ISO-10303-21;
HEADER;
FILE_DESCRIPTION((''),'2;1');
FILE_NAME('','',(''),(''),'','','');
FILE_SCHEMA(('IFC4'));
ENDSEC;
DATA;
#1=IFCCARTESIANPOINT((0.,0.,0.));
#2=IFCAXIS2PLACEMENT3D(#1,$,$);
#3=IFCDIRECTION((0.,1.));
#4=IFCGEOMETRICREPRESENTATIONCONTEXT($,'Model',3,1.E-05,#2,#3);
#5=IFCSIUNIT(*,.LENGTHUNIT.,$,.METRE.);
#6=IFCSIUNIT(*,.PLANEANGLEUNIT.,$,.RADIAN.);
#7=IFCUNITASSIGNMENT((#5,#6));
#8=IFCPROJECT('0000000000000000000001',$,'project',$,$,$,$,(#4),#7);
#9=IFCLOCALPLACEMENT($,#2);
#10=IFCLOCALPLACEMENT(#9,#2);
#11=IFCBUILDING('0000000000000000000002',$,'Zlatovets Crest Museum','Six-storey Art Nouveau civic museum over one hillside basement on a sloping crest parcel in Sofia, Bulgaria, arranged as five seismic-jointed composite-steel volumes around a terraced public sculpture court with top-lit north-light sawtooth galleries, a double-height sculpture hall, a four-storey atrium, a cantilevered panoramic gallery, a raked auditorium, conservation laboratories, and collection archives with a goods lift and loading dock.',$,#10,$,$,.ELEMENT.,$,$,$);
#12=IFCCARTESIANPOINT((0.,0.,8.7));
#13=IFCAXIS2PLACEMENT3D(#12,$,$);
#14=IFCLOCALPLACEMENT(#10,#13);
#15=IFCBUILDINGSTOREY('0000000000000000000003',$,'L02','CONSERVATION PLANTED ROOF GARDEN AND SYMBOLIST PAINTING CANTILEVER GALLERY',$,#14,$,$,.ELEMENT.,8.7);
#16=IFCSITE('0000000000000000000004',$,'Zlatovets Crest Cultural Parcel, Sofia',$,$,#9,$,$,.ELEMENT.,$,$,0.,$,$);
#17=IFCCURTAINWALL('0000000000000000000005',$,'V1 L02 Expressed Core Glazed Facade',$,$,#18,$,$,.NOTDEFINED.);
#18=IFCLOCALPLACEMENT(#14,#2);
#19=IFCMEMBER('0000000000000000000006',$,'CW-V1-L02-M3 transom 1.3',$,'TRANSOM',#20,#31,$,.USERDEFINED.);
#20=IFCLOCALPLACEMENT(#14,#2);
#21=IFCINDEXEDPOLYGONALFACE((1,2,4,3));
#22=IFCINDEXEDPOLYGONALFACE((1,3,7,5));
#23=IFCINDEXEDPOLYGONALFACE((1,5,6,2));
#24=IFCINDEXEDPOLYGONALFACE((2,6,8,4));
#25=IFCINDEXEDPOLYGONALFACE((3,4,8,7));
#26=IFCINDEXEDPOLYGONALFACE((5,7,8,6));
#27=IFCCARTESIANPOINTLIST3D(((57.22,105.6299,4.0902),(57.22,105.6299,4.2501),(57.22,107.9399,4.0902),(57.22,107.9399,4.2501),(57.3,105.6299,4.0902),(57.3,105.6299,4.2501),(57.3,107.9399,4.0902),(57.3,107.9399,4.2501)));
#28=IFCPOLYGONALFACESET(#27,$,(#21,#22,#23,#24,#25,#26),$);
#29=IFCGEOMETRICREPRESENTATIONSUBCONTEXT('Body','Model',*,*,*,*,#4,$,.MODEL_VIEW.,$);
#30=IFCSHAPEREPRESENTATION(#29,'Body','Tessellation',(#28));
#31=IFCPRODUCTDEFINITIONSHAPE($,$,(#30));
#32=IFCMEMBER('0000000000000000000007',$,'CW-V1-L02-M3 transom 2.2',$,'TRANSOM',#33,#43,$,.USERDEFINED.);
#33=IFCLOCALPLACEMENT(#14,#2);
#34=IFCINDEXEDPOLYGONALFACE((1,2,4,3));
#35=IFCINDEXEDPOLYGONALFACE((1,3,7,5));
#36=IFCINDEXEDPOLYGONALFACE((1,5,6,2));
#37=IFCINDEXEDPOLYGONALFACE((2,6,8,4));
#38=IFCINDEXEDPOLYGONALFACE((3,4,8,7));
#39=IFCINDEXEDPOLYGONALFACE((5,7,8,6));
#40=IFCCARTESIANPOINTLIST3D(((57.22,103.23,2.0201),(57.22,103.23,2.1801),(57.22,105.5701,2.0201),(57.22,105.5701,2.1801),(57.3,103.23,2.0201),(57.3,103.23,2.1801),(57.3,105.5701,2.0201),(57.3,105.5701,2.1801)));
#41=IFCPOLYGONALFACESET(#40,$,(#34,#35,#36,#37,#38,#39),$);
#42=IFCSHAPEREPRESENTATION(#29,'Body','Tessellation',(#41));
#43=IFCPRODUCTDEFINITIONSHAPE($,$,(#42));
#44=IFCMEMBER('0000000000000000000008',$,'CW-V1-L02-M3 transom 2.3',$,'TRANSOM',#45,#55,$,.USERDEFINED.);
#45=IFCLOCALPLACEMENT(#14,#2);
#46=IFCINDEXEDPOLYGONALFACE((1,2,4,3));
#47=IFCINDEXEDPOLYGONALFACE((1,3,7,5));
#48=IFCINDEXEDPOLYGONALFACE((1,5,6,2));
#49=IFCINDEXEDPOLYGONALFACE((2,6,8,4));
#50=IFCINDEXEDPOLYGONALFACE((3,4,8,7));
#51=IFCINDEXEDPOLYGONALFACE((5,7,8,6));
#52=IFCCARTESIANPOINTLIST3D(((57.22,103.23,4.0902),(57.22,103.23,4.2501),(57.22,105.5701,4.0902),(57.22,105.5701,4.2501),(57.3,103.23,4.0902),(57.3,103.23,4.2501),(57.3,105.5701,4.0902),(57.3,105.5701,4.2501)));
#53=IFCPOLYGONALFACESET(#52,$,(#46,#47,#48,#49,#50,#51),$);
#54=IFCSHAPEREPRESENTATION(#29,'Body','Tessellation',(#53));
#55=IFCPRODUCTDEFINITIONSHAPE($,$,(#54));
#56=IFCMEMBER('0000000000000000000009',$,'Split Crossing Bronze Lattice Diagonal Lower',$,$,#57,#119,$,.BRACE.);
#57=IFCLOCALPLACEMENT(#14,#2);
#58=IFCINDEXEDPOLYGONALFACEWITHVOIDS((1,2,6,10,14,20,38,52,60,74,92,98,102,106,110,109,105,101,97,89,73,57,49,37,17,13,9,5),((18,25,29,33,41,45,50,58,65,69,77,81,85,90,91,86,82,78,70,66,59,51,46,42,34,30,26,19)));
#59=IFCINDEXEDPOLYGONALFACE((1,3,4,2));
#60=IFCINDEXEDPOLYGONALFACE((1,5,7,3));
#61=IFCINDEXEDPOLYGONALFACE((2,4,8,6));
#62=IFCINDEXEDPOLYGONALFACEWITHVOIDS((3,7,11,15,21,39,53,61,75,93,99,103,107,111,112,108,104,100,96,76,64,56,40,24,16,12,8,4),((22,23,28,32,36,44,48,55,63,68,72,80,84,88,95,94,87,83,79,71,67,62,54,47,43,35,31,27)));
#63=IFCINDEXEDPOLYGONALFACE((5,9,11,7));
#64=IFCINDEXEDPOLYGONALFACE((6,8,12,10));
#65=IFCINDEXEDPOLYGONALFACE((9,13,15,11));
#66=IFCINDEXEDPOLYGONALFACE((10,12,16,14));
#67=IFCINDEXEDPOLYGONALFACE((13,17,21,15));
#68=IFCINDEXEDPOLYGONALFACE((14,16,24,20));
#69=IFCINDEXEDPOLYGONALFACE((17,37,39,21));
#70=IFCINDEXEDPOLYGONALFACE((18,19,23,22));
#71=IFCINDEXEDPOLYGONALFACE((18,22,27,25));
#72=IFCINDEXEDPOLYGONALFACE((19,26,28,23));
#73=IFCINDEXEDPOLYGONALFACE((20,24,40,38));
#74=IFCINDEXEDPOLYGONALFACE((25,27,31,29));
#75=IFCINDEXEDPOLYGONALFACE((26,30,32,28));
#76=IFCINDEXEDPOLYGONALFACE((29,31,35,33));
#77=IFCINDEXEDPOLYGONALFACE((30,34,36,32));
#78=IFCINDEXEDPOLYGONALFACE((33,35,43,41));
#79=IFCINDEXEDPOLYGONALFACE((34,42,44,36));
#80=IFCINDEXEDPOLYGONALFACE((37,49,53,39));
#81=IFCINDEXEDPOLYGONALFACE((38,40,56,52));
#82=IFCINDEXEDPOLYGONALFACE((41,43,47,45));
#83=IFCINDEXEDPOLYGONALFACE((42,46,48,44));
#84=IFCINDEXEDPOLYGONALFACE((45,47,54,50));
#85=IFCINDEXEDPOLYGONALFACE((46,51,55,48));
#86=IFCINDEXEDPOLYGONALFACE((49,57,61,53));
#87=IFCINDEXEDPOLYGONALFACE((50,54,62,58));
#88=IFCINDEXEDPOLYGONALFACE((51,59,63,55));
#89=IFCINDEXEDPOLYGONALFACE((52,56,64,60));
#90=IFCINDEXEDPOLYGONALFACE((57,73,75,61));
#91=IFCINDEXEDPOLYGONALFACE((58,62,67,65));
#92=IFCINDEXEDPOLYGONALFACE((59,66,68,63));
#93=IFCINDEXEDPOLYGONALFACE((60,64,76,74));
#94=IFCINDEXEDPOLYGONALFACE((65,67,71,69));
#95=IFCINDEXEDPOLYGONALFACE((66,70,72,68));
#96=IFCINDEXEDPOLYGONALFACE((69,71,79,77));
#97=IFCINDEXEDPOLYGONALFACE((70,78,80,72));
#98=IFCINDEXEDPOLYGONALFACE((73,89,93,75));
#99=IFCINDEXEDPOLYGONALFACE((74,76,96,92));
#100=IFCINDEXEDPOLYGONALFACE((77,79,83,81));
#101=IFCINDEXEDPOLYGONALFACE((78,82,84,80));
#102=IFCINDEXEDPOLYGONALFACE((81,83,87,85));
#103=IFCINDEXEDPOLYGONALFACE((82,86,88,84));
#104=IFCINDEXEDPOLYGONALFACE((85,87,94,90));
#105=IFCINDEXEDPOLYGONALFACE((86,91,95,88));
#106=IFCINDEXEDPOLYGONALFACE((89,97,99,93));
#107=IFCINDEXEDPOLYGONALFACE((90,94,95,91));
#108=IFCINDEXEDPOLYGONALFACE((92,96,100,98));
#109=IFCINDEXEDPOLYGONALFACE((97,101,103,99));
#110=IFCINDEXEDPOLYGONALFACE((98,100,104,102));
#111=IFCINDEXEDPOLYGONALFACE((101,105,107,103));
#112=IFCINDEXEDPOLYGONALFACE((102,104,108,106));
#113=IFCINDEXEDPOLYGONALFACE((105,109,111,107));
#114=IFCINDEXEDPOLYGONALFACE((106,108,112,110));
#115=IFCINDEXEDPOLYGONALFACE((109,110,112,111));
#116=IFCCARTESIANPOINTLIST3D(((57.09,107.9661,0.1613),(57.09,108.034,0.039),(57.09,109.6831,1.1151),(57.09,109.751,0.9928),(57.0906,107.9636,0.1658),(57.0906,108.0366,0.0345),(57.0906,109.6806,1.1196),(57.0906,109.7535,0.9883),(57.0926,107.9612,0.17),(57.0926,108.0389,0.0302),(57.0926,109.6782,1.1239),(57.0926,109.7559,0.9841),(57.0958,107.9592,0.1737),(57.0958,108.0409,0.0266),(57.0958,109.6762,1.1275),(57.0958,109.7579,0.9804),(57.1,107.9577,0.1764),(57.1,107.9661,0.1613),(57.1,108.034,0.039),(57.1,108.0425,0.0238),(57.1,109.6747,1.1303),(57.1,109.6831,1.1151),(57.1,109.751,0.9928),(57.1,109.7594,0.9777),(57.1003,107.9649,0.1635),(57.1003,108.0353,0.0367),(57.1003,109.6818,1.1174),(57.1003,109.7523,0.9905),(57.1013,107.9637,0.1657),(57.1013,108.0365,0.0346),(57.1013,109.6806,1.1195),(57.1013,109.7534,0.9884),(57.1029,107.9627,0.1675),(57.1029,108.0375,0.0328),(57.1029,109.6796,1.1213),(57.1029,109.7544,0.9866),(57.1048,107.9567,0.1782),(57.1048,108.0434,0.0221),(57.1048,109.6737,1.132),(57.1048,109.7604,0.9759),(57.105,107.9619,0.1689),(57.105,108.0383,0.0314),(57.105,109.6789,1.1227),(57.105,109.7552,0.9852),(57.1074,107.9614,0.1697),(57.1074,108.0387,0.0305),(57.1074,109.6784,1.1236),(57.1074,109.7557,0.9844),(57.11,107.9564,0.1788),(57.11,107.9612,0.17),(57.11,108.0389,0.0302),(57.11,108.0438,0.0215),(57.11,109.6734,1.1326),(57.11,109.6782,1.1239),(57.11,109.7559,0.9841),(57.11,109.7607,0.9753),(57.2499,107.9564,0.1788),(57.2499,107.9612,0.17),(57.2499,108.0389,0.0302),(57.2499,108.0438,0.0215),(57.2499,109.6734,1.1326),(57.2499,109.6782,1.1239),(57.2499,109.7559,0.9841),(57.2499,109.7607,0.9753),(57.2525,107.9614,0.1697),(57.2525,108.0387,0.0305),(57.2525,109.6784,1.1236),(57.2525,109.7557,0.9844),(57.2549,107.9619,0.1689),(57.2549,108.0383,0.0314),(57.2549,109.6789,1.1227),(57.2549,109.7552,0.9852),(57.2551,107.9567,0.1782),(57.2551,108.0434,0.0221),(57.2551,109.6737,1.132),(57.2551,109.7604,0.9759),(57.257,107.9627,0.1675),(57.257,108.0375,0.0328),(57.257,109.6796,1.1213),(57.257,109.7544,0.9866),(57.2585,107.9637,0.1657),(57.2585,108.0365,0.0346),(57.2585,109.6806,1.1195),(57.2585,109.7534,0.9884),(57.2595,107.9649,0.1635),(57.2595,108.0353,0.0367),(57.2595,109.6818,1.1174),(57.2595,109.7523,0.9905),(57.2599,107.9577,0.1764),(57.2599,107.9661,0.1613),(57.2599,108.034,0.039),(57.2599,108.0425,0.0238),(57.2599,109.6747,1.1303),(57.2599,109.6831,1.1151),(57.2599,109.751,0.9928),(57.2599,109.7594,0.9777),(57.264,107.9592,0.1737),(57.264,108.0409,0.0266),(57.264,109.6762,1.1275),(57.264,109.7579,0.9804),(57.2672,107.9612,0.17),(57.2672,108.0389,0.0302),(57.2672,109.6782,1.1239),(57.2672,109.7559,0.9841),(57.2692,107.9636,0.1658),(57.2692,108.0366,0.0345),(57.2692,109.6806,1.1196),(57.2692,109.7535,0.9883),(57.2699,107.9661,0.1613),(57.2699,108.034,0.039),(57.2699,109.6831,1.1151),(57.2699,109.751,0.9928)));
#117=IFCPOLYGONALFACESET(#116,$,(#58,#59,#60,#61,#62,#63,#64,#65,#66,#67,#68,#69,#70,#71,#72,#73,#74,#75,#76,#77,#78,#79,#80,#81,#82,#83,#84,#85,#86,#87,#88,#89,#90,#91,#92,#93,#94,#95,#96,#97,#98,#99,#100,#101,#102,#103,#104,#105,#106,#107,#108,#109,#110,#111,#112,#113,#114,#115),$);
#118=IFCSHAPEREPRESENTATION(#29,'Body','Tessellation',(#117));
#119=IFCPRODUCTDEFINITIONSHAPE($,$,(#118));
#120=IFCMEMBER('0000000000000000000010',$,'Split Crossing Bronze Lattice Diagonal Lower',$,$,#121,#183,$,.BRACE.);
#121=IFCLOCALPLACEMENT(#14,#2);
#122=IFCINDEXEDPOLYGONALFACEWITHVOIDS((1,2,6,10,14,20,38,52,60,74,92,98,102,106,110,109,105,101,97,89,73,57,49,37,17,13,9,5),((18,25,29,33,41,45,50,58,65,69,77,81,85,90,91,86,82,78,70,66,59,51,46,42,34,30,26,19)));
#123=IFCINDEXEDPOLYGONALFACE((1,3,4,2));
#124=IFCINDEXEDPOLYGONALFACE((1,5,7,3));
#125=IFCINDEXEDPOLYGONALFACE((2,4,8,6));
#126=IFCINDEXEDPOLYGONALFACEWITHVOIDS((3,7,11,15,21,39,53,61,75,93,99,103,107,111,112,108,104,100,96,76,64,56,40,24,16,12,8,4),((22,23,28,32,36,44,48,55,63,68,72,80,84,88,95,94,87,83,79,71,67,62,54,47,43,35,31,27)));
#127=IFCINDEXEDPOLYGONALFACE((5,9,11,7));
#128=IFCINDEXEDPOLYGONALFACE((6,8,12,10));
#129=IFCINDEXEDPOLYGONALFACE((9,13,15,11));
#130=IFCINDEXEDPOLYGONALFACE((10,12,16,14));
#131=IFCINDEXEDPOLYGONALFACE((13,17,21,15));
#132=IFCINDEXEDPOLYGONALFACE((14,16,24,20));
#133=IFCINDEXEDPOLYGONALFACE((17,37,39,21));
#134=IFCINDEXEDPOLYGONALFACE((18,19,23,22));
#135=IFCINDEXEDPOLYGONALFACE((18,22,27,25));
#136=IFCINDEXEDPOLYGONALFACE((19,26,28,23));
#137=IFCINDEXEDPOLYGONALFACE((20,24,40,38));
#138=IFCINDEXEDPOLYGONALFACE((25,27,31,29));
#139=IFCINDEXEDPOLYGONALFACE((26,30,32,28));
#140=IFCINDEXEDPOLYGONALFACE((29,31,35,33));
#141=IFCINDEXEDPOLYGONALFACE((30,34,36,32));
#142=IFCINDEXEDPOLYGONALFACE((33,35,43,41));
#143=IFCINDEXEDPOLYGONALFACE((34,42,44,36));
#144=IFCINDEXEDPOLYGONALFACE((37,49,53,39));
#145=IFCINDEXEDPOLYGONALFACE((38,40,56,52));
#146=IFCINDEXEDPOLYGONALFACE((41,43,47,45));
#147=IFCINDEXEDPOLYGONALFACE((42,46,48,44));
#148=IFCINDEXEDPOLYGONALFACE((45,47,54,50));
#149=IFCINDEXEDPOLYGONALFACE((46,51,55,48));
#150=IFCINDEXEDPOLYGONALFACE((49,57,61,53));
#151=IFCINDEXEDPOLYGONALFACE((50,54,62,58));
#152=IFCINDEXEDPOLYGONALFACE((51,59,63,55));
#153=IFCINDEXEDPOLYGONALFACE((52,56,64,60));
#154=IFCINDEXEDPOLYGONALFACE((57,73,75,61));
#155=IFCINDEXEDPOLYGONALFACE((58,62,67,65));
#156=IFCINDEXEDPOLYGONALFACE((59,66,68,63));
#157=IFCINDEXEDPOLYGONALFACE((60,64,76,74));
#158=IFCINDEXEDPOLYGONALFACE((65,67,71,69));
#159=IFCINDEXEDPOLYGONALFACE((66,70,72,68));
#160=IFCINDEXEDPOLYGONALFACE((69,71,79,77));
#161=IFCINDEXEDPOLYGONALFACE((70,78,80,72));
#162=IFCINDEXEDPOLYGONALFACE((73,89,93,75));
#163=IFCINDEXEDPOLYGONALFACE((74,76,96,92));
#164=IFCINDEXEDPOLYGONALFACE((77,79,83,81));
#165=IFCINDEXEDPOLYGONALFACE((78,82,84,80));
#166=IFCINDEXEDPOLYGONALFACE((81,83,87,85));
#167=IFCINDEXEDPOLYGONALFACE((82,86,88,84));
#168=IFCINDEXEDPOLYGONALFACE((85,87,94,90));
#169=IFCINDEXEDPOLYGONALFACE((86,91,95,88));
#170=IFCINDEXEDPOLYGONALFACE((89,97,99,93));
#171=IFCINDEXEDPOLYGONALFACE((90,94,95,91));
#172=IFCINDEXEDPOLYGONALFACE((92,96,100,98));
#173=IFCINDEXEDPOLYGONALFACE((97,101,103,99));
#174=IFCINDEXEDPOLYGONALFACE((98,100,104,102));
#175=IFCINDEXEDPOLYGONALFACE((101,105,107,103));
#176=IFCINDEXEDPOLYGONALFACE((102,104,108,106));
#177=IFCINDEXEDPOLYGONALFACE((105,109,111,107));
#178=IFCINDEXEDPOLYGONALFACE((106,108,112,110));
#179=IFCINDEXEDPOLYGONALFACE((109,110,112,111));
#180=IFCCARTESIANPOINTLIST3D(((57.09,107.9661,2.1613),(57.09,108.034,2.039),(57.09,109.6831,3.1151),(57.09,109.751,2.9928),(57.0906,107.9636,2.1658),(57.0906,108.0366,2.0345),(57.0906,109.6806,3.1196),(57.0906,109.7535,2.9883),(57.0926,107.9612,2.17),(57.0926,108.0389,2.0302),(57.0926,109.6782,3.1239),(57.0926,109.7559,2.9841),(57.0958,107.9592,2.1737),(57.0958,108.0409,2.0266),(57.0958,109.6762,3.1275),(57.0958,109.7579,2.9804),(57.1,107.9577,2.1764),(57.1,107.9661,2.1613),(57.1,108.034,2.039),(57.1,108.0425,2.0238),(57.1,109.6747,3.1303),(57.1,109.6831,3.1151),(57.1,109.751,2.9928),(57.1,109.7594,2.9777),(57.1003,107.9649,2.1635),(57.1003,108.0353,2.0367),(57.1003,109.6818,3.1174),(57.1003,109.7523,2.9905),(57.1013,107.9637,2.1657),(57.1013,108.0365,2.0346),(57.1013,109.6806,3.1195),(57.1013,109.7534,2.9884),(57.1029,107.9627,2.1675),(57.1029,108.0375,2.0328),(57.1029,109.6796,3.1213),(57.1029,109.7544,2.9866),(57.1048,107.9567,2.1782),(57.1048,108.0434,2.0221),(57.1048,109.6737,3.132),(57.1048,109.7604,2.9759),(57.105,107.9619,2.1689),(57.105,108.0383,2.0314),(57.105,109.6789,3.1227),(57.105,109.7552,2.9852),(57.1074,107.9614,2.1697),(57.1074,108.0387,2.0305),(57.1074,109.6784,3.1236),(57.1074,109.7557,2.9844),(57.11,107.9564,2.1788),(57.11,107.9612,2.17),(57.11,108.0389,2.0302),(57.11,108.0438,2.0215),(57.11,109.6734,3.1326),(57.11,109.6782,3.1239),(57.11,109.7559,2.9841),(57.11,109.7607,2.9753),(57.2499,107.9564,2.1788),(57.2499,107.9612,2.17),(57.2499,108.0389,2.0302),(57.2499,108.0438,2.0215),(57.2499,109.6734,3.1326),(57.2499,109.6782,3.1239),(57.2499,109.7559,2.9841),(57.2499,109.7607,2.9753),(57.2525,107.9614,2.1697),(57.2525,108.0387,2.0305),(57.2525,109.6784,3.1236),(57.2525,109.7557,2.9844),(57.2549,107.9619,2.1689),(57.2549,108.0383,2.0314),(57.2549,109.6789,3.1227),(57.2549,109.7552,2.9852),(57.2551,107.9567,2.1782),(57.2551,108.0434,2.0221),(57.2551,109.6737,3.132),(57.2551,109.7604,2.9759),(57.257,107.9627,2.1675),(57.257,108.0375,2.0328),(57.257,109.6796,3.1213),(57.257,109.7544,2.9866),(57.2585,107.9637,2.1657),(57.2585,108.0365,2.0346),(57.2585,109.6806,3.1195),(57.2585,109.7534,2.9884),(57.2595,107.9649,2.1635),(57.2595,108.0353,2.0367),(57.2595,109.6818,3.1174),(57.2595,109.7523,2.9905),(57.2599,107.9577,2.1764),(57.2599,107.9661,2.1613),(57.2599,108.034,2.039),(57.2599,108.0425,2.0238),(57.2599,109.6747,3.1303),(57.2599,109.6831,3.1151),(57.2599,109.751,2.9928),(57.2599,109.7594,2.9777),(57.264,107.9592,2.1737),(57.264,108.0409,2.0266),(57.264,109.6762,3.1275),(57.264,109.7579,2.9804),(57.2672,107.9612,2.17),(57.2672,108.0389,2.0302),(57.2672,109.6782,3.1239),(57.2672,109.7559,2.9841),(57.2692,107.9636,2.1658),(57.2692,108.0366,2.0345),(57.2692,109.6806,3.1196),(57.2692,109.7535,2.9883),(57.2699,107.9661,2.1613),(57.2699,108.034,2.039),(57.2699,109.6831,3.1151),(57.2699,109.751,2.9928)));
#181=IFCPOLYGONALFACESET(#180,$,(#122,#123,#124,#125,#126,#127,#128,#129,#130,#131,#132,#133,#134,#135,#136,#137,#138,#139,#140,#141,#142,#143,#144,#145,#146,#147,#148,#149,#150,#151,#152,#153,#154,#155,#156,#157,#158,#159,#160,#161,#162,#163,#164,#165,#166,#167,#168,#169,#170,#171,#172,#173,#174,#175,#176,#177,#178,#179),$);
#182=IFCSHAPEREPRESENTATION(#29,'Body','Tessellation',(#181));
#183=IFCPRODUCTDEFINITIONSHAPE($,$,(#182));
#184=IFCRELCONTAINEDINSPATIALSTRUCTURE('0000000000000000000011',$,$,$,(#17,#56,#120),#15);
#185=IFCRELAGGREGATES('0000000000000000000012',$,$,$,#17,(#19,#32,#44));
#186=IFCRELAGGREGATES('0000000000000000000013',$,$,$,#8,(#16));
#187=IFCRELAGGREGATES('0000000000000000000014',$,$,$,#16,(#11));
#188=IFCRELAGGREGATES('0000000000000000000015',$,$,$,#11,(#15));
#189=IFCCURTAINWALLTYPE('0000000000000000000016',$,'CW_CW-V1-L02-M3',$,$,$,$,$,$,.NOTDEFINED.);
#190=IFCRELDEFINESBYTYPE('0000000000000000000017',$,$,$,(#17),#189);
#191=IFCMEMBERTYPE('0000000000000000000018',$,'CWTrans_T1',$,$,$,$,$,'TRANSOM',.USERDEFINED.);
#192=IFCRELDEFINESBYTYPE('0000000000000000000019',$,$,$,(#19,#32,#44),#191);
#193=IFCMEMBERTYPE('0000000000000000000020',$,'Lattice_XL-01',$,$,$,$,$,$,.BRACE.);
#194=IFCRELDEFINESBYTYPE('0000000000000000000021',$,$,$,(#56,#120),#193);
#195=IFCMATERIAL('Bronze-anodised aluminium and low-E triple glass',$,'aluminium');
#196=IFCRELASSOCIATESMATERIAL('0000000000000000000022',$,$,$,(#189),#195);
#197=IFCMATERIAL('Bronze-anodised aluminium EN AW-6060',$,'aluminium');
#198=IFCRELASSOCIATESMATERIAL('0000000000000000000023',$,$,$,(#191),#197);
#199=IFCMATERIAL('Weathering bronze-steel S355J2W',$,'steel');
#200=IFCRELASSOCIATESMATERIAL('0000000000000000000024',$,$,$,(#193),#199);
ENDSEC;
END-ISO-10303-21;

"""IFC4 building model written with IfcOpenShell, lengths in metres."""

from ifc_helpers import new_model, si_unit, direction, frame, origin, origin_2d, place, context, subcontext, project, spatial, rectangle, hollow_rectangle, extrude, material, material_profile, profile_set, type_object, element, aggregate, save


model = new_model("IFC4")

# Units and contexts
model_context = context("Model", 3, precision=1e-05, world=origin(), true_north=direction((0.0, 1.0)))
body_context = subcontext(model_context, "Body", "Model", "MODEL_VIEW")
ifc_project = project(units=[si_unit("LENGTHUNIT", "METRE"), si_unit("PLANEANGLEUNIT", "RADIAN")], contexts=[model_context])

# Site, building, storey
site_placement = place(None, origin())
site = spatial("IfcSite", under=ifc_project, at=site_placement, Name="Zlatovets Crest Cultural Parcel, Sofia", CompositionType="ELEMENT", RefElevation=0.0)
building_placement = place(site_placement, origin())
building = spatial("IfcBuilding", under=site, at=building_placement, Name="Zlatovets Crest Museum", Description="Six-storey Art Nouveau civic museum over one hillside basement on a sloping crest parcel in Sofia, Bulgaria, arranged as five seismic-jointed composite-steel volumes around a terraced public sculpture court with top-lit north-light sawtooth galleries, a double-height sculpture hall, a four-storey atrium, a cantilevered panoramic gallery, a raked auditorium, conservation laboratories, and collection archives with a goods lift and loading dock.", CompositionType="ELEMENT")
storey_placement = place(building_placement, frame((0.0, 0.0, 8.7)))
storey = spatial("IfcBuildingStorey", under=building, at=storey_placement, Name="L02", Description="CONSERVATION PLANTED ROOF GARDEN AND SYMBOLIST PAINTING CANTILEVER GALLERY", CompositionType="ELEMENT", Elevation=8.7)

# Curtain wall, members
ifc_material_1 = material(Name="Bronze-anodised aluminium and low-E triple glass", Category="aluminium")
curtain_wall_type = type_object("IfcCurtainWallType", Name="CW_CW-V1-L02-M3", PredefinedType="NOTDEFINED", material=ifc_material_1)
curtain_wall_placement = place(storey_placement, origin())
curtain_wall = element("IfcCurtainWall", 1, at=curtain_wall_placement, inside=storey, type_object=curtain_wall_type, Name="V1 L02 Expressed Core Glazed Facade", PredefinedType="NOTDEFINED")
ifc_material_2 = material(Name="Bronze-anodised aluminium EN AW-6060", Category="aluminium")
ifc_material_profile_1 = material_profile(ifc_material_2, rectangle(XDim=0.0801, YDim=0.1599, at=origin_2d()), Name="ALU 80x160")
ifc_profile_set_1 = profile_set([ifc_material_profile_1], Name="Bronze-anodised aluminium EN AW-6060")
member_type_1 = type_object("IfcMemberType", Name="CWTrans_T1", ElementType="TRANSOM", PredefinedType="USERDEFINED", material=ifc_profile_set_1)
member_1_placement = place(storey_placement, frame((57.26, 107.9399, 4.1702), z_axis=(0.0, -1.0, 0.0), x_axis=(1.0, 0.0, 0.0)))
member_1 = element("IfcMember", 2, at=member_1_placement, type_object=member_type_1, Name="CW-V1-L02-M3 transom 1.3", ObjectType="TRANSOM", PredefinedType="USERDEFINED", context=body_context, shape_type="SweptSolid", body=[
    extrude(rectangle(XDim=0.0801, YDim=0.1599, at=origin_2d()), origin(), (0.0, 0.0, 1.0), 2.3101),
])
member_2_placement = place(storey_placement, frame((57.26, 105.5701, 2.1001), z_axis=(0.0, -1.0, 0.0), x_axis=(1.0, 0.0, 0.0)))
member_2 = element("IfcMember", 3, at=member_2_placement, type_object=member_type_1, Name="CW-V1-L02-M3 transom 2.2", ObjectType="TRANSOM", PredefinedType="USERDEFINED", context=body_context, shape_type="SweptSolid", body=[
    extrude(rectangle(XDim=0.0801, YDim=0.1599, at=origin_2d()), origin(), (0.0, 0.0, 1.0), 2.3401),
])
member_3_placement = place(storey_placement, frame((57.26, 105.5701, 4.1702), z_axis=(0.0, -1.0, 0.0), x_axis=(1.0, 0.0, 0.0)))
member_3 = element("IfcMember", 4, at=member_3_placement, type_object=member_type_1, Name="CW-V1-L02-M3 transom 2.3", ObjectType="TRANSOM", PredefinedType="USERDEFINED", context=body_context, shape_type="SweptSolid", body=[
    extrude(rectangle(XDim=0.0801, YDim=0.1599, at=origin_2d()), origin(), (0.0, 0.0, 1.0), 2.3401),
])

# Members
ifc_material_3 = material(Name="Weathering bronze-steel S355J2W", Category="steel")
ifc_material_profile_2 = material_profile(ifc_material_3, hollow_rectangle(XDim=0.1799, YDim=0.1799, WallThickness=0.01, InnerFilletRadius=0.01, OuterFilletRadius=0.02, at=origin_2d()), Name="SHS 180x180x10.0")
ifc_profile_set_2 = profile_set([ifc_material_profile_2], Name="Weathering bronze-steel S355J2W")
member_type_2 = type_object("IfcMemberType", Name="Lattice_XL-01", PredefinedType="BRACE", material=ifc_profile_set_2)
for number, where, z_axis, x_axis, name in (
    (5, (57.1799, 109.717, 1.054), (0.0, -0.874169, -0.485622), (1.0, 0.0, 0.0), "Split Crossing Bronze Lattice Diagonal Lower"),
    (6, (57.1799, 109.717, 3.054), (0.0, -0.874169, -0.485622), (1.0, 0.0, 0.0), "Split Crossing Bronze Lattice Diagonal Lower"),
):
    element("IfcMember", number, at=place(storey_placement, frame(where, z_axis=z_axis, x_axis=x_axis)), inside=storey, type_object=member_type_2, Name=name, PredefinedType="BRACE", context=body_context, shape_type="SweptSolid", body=[
        extrude(hollow_rectangle(XDim=0.1799, YDim=0.1799, WallThickness=0.01, InnerFilletRadius=0.01, OuterFilletRadius=0.02, at=origin_2d()), origin(), (0.0, 0.0, 1.0), 1.9641),
    ])

aggregate(curtain_wall, [member_1, member_2, member_3])

save(model, "model.ifc")
